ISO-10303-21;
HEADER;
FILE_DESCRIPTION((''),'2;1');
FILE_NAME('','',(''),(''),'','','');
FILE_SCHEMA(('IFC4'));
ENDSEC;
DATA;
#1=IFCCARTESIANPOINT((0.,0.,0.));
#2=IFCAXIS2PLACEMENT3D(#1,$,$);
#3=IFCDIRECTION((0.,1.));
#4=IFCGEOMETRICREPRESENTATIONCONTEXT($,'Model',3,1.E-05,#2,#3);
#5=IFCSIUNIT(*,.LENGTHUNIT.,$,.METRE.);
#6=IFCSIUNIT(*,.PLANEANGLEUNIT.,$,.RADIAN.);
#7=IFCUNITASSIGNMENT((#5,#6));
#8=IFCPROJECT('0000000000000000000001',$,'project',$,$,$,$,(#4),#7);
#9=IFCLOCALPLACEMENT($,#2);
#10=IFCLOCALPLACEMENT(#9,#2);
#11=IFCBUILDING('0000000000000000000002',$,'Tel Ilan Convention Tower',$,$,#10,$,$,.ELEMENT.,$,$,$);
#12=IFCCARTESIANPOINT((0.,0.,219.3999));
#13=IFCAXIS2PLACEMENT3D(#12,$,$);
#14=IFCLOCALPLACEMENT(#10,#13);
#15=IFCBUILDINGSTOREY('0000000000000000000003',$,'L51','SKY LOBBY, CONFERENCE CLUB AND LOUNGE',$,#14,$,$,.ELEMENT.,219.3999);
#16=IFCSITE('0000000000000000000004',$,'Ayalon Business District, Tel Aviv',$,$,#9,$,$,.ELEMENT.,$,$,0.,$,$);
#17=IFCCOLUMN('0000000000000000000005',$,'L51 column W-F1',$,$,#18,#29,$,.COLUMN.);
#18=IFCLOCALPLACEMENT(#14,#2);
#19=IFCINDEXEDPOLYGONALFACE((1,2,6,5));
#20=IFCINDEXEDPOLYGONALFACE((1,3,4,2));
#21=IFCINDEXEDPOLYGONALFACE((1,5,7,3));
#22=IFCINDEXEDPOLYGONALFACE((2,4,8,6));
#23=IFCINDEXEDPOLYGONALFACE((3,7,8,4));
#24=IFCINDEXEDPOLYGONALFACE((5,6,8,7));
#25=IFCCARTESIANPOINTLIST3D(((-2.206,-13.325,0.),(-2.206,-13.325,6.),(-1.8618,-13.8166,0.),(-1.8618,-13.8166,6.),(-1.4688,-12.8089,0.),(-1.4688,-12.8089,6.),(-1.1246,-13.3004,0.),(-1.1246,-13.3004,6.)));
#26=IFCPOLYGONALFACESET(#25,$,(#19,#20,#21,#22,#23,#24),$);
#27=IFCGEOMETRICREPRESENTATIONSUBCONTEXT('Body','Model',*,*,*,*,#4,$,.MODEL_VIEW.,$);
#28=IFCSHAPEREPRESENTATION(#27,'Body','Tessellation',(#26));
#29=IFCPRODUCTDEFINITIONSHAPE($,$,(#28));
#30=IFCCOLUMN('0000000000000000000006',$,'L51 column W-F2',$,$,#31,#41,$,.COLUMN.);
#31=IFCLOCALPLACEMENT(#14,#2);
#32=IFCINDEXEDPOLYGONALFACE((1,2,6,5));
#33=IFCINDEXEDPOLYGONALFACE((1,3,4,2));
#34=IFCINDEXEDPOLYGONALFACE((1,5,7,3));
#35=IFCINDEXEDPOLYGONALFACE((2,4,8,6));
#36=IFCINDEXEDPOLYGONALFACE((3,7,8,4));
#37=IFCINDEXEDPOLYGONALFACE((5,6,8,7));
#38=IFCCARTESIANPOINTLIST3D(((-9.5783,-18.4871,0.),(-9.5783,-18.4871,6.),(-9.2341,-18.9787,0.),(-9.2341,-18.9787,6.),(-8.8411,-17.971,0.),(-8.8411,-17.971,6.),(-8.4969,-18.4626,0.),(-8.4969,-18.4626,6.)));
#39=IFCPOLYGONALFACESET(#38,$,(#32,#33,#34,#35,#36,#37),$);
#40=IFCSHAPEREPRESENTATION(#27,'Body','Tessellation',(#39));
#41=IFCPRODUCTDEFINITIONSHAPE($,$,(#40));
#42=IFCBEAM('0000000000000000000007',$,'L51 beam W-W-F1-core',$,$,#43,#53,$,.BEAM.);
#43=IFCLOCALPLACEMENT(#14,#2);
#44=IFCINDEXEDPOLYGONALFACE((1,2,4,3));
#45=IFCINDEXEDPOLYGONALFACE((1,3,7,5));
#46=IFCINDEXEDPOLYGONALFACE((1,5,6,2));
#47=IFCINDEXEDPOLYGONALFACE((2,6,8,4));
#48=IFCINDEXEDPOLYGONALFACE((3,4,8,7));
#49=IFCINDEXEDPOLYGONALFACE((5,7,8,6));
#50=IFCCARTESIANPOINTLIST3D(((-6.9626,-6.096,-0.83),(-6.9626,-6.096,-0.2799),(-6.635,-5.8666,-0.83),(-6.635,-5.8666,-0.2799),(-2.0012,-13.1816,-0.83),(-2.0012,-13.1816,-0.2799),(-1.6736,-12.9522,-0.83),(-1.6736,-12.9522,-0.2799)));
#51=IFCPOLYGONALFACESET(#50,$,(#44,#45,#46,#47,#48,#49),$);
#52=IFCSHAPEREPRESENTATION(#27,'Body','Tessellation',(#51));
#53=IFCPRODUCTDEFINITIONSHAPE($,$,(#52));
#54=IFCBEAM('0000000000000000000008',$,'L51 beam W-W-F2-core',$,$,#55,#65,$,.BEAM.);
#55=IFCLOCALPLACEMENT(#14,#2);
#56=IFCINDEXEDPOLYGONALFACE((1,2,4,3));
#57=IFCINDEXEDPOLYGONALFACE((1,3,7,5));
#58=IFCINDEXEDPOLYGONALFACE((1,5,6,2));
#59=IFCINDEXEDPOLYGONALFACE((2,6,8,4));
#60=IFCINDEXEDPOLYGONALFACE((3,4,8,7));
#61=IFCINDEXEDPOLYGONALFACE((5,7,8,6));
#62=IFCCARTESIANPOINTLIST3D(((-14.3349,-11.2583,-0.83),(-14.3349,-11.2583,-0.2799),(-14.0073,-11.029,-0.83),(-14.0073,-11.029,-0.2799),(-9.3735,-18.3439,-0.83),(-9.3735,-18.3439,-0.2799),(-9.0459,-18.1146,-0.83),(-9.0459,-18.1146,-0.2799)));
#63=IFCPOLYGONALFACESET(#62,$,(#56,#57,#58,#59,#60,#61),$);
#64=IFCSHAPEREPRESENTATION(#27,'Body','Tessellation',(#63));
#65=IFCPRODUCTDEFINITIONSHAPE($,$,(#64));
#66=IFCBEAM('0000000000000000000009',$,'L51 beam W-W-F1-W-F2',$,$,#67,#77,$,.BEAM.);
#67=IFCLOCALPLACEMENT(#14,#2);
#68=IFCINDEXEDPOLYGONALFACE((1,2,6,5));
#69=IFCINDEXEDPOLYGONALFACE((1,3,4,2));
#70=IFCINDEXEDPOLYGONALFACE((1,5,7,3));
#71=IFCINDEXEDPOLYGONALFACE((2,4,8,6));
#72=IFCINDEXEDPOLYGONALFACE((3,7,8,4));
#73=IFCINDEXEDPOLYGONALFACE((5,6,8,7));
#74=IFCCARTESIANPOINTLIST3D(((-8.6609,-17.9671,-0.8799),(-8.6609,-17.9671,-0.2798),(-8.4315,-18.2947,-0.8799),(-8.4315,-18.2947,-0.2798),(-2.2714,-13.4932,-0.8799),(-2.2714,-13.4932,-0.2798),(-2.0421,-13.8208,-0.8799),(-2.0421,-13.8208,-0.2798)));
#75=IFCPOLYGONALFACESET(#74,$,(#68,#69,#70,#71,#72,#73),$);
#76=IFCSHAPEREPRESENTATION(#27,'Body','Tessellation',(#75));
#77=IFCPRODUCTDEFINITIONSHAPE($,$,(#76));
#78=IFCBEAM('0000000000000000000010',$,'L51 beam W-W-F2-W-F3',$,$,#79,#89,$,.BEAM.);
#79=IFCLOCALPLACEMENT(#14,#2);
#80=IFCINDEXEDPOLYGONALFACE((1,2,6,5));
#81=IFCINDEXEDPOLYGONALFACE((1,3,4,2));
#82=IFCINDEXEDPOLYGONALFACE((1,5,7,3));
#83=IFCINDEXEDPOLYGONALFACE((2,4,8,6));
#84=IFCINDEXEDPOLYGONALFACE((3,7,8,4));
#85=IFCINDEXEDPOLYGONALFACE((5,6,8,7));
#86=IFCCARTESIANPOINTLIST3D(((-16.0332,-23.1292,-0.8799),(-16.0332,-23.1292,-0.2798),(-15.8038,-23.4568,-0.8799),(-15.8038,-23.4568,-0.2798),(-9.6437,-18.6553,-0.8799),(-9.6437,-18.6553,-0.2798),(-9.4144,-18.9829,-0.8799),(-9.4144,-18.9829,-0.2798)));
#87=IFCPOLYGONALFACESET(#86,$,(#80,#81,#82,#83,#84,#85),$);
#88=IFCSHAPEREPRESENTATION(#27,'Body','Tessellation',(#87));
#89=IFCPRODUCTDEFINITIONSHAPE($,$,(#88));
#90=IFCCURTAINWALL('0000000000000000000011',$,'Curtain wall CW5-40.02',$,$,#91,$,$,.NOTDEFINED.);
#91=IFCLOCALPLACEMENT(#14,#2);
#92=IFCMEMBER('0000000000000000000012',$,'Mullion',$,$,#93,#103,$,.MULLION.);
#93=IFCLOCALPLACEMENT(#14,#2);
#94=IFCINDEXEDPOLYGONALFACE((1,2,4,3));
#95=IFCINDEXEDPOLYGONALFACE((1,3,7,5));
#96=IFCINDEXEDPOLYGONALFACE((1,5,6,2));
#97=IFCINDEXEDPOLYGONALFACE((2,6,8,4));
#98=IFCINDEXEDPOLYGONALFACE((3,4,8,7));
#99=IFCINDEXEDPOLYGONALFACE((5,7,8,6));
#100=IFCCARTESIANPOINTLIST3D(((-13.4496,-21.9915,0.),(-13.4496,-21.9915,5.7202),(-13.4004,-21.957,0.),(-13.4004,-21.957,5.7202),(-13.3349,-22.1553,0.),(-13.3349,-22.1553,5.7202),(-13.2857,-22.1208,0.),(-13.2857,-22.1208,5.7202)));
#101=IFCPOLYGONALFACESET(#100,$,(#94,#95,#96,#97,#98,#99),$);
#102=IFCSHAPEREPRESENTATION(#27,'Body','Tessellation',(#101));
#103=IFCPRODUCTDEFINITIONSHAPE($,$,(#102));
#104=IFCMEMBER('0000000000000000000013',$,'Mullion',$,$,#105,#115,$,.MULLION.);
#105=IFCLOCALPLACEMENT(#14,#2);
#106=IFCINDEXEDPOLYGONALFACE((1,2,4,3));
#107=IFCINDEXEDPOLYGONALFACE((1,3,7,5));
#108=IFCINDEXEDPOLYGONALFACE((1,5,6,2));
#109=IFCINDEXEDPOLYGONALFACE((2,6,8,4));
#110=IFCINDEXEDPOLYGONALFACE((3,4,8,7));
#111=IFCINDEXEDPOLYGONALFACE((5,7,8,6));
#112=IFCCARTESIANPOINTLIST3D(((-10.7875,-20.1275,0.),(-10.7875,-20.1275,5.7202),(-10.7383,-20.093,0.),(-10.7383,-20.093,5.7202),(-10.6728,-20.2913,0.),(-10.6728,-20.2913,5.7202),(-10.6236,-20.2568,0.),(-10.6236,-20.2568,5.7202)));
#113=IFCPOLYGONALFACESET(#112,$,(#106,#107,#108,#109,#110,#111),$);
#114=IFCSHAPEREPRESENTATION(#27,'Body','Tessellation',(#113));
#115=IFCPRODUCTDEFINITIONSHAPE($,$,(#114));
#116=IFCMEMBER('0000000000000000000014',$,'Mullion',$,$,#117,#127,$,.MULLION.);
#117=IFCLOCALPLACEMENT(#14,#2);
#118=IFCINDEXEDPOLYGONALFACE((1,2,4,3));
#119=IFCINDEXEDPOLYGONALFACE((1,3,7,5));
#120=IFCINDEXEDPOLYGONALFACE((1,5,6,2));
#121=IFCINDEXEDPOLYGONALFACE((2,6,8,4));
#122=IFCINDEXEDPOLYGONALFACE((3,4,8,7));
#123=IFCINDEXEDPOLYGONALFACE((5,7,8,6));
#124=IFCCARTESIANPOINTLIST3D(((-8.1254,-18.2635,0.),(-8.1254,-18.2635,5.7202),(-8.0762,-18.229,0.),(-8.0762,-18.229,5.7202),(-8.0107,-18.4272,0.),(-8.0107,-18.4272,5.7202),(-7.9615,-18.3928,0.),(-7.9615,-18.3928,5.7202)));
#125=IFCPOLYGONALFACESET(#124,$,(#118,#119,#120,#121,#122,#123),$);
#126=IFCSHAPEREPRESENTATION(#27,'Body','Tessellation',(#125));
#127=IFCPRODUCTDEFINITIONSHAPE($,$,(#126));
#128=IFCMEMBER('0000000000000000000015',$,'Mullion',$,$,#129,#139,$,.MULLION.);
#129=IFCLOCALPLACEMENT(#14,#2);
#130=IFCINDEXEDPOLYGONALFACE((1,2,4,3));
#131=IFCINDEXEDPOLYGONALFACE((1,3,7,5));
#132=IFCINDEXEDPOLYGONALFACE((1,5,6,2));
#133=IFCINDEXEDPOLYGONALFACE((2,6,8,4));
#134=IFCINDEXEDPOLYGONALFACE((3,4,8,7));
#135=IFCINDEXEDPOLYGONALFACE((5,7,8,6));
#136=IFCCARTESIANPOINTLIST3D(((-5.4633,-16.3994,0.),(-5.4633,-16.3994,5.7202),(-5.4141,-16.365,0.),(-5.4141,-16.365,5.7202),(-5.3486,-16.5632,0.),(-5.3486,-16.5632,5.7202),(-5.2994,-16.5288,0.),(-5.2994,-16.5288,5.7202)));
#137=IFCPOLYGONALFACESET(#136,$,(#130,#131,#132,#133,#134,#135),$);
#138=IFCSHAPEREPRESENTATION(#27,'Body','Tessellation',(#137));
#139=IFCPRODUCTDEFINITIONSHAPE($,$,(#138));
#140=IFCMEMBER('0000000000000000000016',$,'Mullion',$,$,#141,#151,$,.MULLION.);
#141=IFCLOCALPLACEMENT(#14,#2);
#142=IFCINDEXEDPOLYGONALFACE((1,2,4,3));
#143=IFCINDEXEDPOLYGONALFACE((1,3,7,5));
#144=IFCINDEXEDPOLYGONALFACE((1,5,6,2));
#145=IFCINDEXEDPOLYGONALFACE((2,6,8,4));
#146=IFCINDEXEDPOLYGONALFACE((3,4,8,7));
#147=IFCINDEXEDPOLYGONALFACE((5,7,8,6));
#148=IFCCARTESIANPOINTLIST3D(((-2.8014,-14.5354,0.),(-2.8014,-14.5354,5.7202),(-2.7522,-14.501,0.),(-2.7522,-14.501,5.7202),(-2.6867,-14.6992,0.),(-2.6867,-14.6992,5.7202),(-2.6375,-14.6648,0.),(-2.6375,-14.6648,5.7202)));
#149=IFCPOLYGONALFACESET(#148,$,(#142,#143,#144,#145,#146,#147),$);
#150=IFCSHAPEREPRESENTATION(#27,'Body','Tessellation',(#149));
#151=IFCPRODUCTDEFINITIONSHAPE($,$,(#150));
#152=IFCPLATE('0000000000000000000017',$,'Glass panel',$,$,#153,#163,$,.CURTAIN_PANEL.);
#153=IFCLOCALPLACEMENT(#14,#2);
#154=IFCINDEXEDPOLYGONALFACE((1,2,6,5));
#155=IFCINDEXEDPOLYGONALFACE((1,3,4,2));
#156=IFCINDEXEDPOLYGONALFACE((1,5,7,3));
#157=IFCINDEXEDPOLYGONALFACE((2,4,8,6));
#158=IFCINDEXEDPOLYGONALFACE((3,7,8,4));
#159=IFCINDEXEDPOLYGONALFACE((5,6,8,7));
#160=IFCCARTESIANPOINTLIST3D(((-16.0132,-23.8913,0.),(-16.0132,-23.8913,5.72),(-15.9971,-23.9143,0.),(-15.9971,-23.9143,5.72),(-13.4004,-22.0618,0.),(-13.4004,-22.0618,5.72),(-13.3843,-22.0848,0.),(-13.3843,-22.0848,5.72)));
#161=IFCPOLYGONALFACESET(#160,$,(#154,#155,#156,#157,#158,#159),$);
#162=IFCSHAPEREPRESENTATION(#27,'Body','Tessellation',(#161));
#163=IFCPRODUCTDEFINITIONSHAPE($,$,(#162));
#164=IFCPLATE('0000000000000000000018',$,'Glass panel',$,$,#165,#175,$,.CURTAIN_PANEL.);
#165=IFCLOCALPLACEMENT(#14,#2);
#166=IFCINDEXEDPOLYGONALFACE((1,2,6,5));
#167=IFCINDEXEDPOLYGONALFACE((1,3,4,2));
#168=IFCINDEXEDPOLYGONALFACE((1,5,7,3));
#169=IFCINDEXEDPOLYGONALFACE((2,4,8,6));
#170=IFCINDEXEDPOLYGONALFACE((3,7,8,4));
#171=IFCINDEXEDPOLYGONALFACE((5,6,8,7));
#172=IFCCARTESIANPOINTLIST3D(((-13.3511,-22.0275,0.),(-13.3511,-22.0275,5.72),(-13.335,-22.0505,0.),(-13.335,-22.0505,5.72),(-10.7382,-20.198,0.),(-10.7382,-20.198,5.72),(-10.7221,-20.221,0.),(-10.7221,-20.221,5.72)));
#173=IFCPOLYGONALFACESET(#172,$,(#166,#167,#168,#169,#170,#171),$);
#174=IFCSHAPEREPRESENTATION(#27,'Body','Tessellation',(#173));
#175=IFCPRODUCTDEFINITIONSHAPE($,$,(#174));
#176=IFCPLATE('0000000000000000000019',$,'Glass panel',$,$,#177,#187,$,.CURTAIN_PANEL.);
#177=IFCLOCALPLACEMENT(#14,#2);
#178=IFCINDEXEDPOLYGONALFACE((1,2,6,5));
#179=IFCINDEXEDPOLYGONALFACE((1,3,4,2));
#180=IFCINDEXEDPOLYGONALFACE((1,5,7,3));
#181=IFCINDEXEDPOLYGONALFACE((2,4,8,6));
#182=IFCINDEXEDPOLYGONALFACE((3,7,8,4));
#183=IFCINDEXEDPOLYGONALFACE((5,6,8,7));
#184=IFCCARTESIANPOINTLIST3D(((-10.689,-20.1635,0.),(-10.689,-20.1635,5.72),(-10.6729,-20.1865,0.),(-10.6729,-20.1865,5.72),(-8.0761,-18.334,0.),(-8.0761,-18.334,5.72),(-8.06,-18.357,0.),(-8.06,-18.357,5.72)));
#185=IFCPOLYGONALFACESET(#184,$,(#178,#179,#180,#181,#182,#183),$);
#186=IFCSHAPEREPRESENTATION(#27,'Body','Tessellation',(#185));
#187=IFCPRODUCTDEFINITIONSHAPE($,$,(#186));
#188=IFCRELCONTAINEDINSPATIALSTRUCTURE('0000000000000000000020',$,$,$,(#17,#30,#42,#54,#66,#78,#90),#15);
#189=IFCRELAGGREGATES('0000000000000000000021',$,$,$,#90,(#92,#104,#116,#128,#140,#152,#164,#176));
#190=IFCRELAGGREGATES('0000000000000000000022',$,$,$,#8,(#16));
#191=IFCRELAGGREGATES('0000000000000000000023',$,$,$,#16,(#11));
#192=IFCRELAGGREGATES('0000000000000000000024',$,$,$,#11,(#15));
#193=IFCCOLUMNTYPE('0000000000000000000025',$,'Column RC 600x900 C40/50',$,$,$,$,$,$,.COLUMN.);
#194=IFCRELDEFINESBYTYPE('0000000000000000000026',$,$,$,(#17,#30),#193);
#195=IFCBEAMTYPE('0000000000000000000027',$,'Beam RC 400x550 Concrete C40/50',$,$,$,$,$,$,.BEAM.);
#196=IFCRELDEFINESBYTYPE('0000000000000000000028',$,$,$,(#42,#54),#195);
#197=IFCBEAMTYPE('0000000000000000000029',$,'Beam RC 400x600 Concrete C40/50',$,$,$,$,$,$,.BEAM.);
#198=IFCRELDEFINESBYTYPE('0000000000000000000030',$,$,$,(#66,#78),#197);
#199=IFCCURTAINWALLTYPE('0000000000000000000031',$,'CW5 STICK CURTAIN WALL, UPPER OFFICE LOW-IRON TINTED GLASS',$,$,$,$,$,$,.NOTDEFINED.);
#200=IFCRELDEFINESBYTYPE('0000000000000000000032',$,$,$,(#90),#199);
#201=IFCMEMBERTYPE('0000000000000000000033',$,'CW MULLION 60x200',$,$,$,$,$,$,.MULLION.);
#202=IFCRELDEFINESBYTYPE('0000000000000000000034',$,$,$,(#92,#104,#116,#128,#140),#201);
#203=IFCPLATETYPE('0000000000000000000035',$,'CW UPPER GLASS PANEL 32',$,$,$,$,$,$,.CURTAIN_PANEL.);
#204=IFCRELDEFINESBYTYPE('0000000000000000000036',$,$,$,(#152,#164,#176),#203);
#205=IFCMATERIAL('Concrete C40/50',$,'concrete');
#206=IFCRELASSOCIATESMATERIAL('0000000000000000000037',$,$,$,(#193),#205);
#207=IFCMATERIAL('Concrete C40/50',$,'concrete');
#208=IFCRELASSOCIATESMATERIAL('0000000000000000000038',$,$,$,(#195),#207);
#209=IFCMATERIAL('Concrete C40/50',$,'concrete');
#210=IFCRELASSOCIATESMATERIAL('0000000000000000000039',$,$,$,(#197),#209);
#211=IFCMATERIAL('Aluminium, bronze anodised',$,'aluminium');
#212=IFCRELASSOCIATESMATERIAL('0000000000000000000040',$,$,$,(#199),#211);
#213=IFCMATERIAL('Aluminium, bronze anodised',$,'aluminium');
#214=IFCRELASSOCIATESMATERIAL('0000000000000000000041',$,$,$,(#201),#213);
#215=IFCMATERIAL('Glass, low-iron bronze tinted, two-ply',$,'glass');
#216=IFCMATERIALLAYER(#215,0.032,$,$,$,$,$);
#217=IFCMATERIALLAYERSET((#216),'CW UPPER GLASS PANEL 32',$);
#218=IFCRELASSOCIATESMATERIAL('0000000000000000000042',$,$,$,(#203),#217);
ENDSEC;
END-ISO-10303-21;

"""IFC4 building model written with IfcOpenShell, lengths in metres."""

from ifc_helpers import new_model, si_unit, direction, frame, origin, origin_2d, place, context, subcontext, project, spatial, rectangle, extrude, material, layer, layer_set, material_profile, profile_set, type_object, element, aggregate, save


model = new_model("IFC4")

# Units and contexts
model_context = context("Model", 3, precision=1e-05, world=origin(), true_north=direction((0.0, 1.0)))
body_context = subcontext(model_context, "Body", "Model", "MODEL_VIEW")
ifc_project = project(units=[si_unit("LENGTHUNIT", "METRE"), si_unit("PLANEANGLEUNIT", "RADIAN")], contexts=[model_context])

# Site, building, storey
site_placement = place(None, origin())
site = spatial("IfcSite", under=ifc_project, at=site_placement, Name="Ayalon Business District, Tel Aviv", CompositionType="ELEMENT", RefElevation=0.0)
building_placement = place(site_placement, origin())
building = spatial("IfcBuilding", under=site, at=building_placement, Name="Tel Ilan Convention Tower", CompositionType="ELEMENT")
storey_placement = place(building_placement, frame((0.0, 0.0, 219.3999)))
storey = spatial("IfcBuildingStorey", under=building, at=storey_placement, Name="L51", Description="SKY LOBBY, CONFERENCE CLUB AND LOUNGE", CompositionType="ELEMENT", Elevation=219.3999)

# Columns
ifc_material_1 = material(Name="Concrete C40/50", Category="concrete")
ifc_material_profile_1 = material_profile(ifc_material_1, rectangle(XDim=0.8999, YDim=0.6001, at=origin_2d()), Name="RC 600x900")
ifc_profile_set_1 = profile_set([ifc_material_profile_1], Name="Concrete C40/50")
column_type = type_object("IfcColumnType", Name="Column RC 600x900 C40/50", PredefinedType="COLUMN", material=ifc_profile_set_1)
for number, where, z_axis, x_axis, name in (
    (1, (-1.6653, -13.3127, 0.0), (0.0, 0.0, 1.0), (-0.819152, -0.573576, 0.0), "L51 column W-F1"),
    (2, (-9.0376, -18.4749, 0.0), (0.0, 0.0, 1.0), (-0.819152, -0.573576, 0.0), "L51 column W-F2"),
):
    element("IfcColumn", number, at=place(storey_placement, frame(where, z_axis=z_axis, x_axis=x_axis)), inside=storey, type_object=column_type, Name=name, PredefinedType="COLUMN", context=body_context, shape_type="SweptSolid", body=[
        extrude(rectangle(XDim=0.8999, YDim=0.6001, at=origin_2d()), origin(), (0.0, 0.0, 1.0), 6.0),
    ])

# Beams
ifc_material_2 = material(Name="Concrete C40/50", Category="concrete")
ifc_material_profile_2 = material_profile(ifc_material_2, rectangle(XDim=0.3999, YDim=0.55, at=origin_2d()), Name="RC 400x550")
ifc_profile_set_2 = profile_set([ifc_material_profile_2], Name="Concrete C40/50")
beam_type_1 = type_object("IfcBeamType", Name="Beam RC 400x550 Concrete C40/50", PredefinedType="BEAM", material=ifc_profile_set_2)
for number, where, z_axis, x_axis, name in (
    (3, (-1.8374, -13.0669, -0.5549), (-0.573574, 0.819154, 0.0), (-0.819154, -0.573574, 0.0), "L51 beam W-W-F1-core"),
    (4, (-9.2097, -18.2292, -0.5549), (-0.573574, 0.819154, 0.0), (-0.819154, -0.573574, 0.0), "L51 beam W-W-F2-core"),
):
    element("IfcBeam", number, at=place(storey_placement, frame(where, z_axis=z_axis, x_axis=x_axis)), inside=storey, type_object=beam_type_1, Name=name, PredefinedType="BEAM", context=body_context, shape_type="SweptSolid", body=[
        extrude(rectangle(XDim=0.3999, YDim=0.55, at=origin_2d()), origin(), (0.0, 0.0, 1.0), 8.6499),
    ])
ifc_material_3 = material(Name="Concrete C40/50", Category="concrete")
ifc_material_profile_3 = material_profile(ifc_material_3, rectangle(XDim=0.3999, YDim=0.6001, at=origin_2d()), Name="RC 400x600")
ifc_profile_set_3 = profile_set([ifc_material_profile_3], Name="Concrete C40/50")
beam_type_2 = type_object("IfcBeamType", Name="Beam RC 400x600 Concrete C40/50", PredefinedType="BEAM", material=ifc_profile_set_3)
for number, where, z_axis, x_axis, name in (
    (5, (-2.1567, -13.657, -0.5798), (-0.819154, -0.573574, 0.0), (0.573574, -0.819154, 0.0), "L51 beam W-W-F1-W-F2"),
    (6, (-9.5291, -18.8191, -0.5798), (-0.819154, -0.573574, 0.0), (0.573574, -0.819154, 0.0), "L51 beam W-W-F2-W-F3"),
):
    element("IfcBeam", number, at=place(storey_placement, frame(where, z_axis=z_axis, x_axis=x_axis)), inside=storey, type_object=beam_type_2, Name=name, PredefinedType="BEAM", context=body_context, shape_type="SweptSolid", body=[
        extrude(rectangle(XDim=0.3999, YDim=0.6001, at=origin_2d()), origin(), (0.0, 0.0, 1.0), 7.8),
    ])

# Curtain wall, members, plates
ifc_material_4 = material(Name="Aluminium, bronze anodised", Category="aluminium")
curtain_wall_type = type_object("IfcCurtainWallType", Name="CW5 STICK CURTAIN WALL, UPPER OFFICE LOW-IRON TINTED GLASS", PredefinedType="NOTDEFINED", material=ifc_material_4)
curtain_wall_placement = place(storey_placement, origin())
curtain_wall = element("IfcCurtainWall", 7, at=curtain_wall_placement, inside=storey, type_object=curtain_wall_type, Name="Curtain wall CW5-40.02", PredefinedType="NOTDEFINED")
ifc_material_5 = material(Name="Aluminium, bronze anodised", Category="aluminium")
ifc_material_profile_4 = material_profile(ifc_material_5, rectangle(XDim=0.0601, YDim=0.2, at=origin_2d()), Name="CW MULLION 60x200")
ifc_profile_set_4 = profile_set([ifc_material_profile_4], Name="Aluminium, bronze anodised")
member_type = type_object("IfcMemberType", Name="CW MULLION 60x200", PredefinedType="MULLION", material=ifc_profile_set_4)
member_1_placement = place(storey_placement, frame((-13.3677, -22.0562, 0.0), z_axis=(0.0, 0.0, 1.0), x_axis=(0.819152, 0.573576, 0.0)))
member_1 = element("IfcMember", 8, at=member_1_placement, type_object=member_type, Name="Mullion", PredefinedType="MULLION", context=body_context, shape_type="SweptSolid", body=[
    extrude(rectangle(XDim=0.0601, YDim=0.2, at=origin_2d()), origin(), (0.0, 0.0, 1.0), 5.7202),
])
member_2_placement = place(storey_placement, frame((-10.7056, -20.1921, 0.0), z_axis=(0.0, 0.0, 1.0), x_axis=(0.819152, 0.573576, 0.0)))
member_2 = element("IfcMember", 9, at=member_2_placement, type_object=member_type, Name="Mullion", PredefinedType="MULLION", context=body_context, shape_type="SweptSolid", body=[
    extrude(rectangle(XDim=0.0601, YDim=0.2, at=origin_2d()), origin(), (0.0, 0.0, 1.0), 5.7202),
])
member_3_placement = place(storey_placement, frame((-8.0435, -18.3281, 0.0), z_axis=(0.0, 0.0, 1.0), x_axis=(0.819152, 0.573576, 0.0)))
member_3 = element("IfcMember", 10, at=member_3_placement, type_object=member_type, Name="Mullion", PredefinedType="MULLION", context=body_context, shape_type="SweptSolid", body=[
    extrude(rectangle(XDim=0.0601, YDim=0.2, at=origin_2d()), origin(), (0.0, 0.0, 1.0), 5.7202),
])
member_4_placement = place(storey_placement, frame((-5.3813, -16.4641, 0.0), z_axis=(0.0, 0.0, 1.0), x_axis=(0.819152, 0.573576, 0.0)))
member_4 = element("IfcMember", 11, at=member_4_placement, type_object=member_type, Name="Mullion", PredefinedType="MULLION", context=body_context, shape_type="SweptSolid", body=[
    extrude(rectangle(XDim=0.0601, YDim=0.2, at=origin_2d()), origin(), (0.0, 0.0, 1.0), 5.7202),
])
member_5_placement = place(storey_placement, frame((-2.7195, -14.6001, 0.0), z_axis=(0.0, 0.0, 1.0), x_axis=(0.819152, 0.573576, 0.0)))
member_5 = element("IfcMember", 12, at=member_5_placement, type_object=member_type, Name="Mullion", PredefinedType="MULLION", context=body_context, shape_type="SweptSolid", body=[
    extrude(rectangle(XDim=0.0601, YDim=0.2, at=origin_2d()), origin(), (0.0, 0.0, 1.0), 5.7202),
])
ifc_material_6 = material(Name="Glass, low-iron bronze tinted, two-ply", Category="glass")
ifc_layer_1 = layer(ifc_material_6, 0.032)
ifc_layer_set_1 = layer_set([ifc_layer_1], Name="CW UPPER GLASS PANEL 32")
plate_type = type_object("IfcPlateType", Name="CW UPPER GLASS PANEL 32", PredefinedType="CURTAIN_PANEL", material=ifc_layer_set_1)
plate_1_placement = place(storey_placement, frame((-14.6987, -22.988, 0.0), z_axis=(0.0, 0.0, 1.0), x_axis=(0.819152, 0.573576, 0.0)))
plate_1 = element("IfcPlate", 13, at=plate_1_placement, type_object=plate_type, Name="Glass panel", PredefinedType="CURTAIN_PANEL", context=body_context, shape_type="SweptSolid", body=[
    extrude(rectangle(XDim=3.1897, YDim=0.0281, at=origin_2d()), origin(), (0.0, 0.0, 1.0), 5.72),
])
plate_2_placement = place(storey_placement, frame((-12.0366, -21.1243, 0.0), z_axis=(0.0, 0.0, 1.0), x_axis=(0.819152, 0.573576, 0.0)))
plate_2 = element("IfcPlate", 14, at=plate_2_placement, type_object=plate_type, Name="Glass panel", PredefinedType="CURTAIN_PANEL", context=body_context, shape_type="SweptSolid", body=[
    extrude(rectangle(XDim=3.1897, YDim=0.0281, at=origin_2d()), origin(), (0.0, 0.0, 1.0), 5.72),
])
plate_3_placement = place(storey_placement, frame((-9.3745, -19.2603, 0.0), z_axis=(0.0, 0.0, 1.0), x_axis=(0.819152, 0.573576, 0.0)))
plate_3 = element("IfcPlate", 15, at=plate_3_placement, type_object=plate_type, Name="Glass panel", PredefinedType="CURTAIN_PANEL", context=body_context, shape_type="SweptSolid", body=[
    extrude(rectangle(XDim=3.1897, YDim=0.0281, at=origin_2d()), origin(), (0.0, 0.0, 1.0), 5.72),
])
aggregate(curtain_wall, [member_1, member_2, member_3, member_4, member_5, plate_1, plate_2, plate_3])

save(model, "model.ifc")
